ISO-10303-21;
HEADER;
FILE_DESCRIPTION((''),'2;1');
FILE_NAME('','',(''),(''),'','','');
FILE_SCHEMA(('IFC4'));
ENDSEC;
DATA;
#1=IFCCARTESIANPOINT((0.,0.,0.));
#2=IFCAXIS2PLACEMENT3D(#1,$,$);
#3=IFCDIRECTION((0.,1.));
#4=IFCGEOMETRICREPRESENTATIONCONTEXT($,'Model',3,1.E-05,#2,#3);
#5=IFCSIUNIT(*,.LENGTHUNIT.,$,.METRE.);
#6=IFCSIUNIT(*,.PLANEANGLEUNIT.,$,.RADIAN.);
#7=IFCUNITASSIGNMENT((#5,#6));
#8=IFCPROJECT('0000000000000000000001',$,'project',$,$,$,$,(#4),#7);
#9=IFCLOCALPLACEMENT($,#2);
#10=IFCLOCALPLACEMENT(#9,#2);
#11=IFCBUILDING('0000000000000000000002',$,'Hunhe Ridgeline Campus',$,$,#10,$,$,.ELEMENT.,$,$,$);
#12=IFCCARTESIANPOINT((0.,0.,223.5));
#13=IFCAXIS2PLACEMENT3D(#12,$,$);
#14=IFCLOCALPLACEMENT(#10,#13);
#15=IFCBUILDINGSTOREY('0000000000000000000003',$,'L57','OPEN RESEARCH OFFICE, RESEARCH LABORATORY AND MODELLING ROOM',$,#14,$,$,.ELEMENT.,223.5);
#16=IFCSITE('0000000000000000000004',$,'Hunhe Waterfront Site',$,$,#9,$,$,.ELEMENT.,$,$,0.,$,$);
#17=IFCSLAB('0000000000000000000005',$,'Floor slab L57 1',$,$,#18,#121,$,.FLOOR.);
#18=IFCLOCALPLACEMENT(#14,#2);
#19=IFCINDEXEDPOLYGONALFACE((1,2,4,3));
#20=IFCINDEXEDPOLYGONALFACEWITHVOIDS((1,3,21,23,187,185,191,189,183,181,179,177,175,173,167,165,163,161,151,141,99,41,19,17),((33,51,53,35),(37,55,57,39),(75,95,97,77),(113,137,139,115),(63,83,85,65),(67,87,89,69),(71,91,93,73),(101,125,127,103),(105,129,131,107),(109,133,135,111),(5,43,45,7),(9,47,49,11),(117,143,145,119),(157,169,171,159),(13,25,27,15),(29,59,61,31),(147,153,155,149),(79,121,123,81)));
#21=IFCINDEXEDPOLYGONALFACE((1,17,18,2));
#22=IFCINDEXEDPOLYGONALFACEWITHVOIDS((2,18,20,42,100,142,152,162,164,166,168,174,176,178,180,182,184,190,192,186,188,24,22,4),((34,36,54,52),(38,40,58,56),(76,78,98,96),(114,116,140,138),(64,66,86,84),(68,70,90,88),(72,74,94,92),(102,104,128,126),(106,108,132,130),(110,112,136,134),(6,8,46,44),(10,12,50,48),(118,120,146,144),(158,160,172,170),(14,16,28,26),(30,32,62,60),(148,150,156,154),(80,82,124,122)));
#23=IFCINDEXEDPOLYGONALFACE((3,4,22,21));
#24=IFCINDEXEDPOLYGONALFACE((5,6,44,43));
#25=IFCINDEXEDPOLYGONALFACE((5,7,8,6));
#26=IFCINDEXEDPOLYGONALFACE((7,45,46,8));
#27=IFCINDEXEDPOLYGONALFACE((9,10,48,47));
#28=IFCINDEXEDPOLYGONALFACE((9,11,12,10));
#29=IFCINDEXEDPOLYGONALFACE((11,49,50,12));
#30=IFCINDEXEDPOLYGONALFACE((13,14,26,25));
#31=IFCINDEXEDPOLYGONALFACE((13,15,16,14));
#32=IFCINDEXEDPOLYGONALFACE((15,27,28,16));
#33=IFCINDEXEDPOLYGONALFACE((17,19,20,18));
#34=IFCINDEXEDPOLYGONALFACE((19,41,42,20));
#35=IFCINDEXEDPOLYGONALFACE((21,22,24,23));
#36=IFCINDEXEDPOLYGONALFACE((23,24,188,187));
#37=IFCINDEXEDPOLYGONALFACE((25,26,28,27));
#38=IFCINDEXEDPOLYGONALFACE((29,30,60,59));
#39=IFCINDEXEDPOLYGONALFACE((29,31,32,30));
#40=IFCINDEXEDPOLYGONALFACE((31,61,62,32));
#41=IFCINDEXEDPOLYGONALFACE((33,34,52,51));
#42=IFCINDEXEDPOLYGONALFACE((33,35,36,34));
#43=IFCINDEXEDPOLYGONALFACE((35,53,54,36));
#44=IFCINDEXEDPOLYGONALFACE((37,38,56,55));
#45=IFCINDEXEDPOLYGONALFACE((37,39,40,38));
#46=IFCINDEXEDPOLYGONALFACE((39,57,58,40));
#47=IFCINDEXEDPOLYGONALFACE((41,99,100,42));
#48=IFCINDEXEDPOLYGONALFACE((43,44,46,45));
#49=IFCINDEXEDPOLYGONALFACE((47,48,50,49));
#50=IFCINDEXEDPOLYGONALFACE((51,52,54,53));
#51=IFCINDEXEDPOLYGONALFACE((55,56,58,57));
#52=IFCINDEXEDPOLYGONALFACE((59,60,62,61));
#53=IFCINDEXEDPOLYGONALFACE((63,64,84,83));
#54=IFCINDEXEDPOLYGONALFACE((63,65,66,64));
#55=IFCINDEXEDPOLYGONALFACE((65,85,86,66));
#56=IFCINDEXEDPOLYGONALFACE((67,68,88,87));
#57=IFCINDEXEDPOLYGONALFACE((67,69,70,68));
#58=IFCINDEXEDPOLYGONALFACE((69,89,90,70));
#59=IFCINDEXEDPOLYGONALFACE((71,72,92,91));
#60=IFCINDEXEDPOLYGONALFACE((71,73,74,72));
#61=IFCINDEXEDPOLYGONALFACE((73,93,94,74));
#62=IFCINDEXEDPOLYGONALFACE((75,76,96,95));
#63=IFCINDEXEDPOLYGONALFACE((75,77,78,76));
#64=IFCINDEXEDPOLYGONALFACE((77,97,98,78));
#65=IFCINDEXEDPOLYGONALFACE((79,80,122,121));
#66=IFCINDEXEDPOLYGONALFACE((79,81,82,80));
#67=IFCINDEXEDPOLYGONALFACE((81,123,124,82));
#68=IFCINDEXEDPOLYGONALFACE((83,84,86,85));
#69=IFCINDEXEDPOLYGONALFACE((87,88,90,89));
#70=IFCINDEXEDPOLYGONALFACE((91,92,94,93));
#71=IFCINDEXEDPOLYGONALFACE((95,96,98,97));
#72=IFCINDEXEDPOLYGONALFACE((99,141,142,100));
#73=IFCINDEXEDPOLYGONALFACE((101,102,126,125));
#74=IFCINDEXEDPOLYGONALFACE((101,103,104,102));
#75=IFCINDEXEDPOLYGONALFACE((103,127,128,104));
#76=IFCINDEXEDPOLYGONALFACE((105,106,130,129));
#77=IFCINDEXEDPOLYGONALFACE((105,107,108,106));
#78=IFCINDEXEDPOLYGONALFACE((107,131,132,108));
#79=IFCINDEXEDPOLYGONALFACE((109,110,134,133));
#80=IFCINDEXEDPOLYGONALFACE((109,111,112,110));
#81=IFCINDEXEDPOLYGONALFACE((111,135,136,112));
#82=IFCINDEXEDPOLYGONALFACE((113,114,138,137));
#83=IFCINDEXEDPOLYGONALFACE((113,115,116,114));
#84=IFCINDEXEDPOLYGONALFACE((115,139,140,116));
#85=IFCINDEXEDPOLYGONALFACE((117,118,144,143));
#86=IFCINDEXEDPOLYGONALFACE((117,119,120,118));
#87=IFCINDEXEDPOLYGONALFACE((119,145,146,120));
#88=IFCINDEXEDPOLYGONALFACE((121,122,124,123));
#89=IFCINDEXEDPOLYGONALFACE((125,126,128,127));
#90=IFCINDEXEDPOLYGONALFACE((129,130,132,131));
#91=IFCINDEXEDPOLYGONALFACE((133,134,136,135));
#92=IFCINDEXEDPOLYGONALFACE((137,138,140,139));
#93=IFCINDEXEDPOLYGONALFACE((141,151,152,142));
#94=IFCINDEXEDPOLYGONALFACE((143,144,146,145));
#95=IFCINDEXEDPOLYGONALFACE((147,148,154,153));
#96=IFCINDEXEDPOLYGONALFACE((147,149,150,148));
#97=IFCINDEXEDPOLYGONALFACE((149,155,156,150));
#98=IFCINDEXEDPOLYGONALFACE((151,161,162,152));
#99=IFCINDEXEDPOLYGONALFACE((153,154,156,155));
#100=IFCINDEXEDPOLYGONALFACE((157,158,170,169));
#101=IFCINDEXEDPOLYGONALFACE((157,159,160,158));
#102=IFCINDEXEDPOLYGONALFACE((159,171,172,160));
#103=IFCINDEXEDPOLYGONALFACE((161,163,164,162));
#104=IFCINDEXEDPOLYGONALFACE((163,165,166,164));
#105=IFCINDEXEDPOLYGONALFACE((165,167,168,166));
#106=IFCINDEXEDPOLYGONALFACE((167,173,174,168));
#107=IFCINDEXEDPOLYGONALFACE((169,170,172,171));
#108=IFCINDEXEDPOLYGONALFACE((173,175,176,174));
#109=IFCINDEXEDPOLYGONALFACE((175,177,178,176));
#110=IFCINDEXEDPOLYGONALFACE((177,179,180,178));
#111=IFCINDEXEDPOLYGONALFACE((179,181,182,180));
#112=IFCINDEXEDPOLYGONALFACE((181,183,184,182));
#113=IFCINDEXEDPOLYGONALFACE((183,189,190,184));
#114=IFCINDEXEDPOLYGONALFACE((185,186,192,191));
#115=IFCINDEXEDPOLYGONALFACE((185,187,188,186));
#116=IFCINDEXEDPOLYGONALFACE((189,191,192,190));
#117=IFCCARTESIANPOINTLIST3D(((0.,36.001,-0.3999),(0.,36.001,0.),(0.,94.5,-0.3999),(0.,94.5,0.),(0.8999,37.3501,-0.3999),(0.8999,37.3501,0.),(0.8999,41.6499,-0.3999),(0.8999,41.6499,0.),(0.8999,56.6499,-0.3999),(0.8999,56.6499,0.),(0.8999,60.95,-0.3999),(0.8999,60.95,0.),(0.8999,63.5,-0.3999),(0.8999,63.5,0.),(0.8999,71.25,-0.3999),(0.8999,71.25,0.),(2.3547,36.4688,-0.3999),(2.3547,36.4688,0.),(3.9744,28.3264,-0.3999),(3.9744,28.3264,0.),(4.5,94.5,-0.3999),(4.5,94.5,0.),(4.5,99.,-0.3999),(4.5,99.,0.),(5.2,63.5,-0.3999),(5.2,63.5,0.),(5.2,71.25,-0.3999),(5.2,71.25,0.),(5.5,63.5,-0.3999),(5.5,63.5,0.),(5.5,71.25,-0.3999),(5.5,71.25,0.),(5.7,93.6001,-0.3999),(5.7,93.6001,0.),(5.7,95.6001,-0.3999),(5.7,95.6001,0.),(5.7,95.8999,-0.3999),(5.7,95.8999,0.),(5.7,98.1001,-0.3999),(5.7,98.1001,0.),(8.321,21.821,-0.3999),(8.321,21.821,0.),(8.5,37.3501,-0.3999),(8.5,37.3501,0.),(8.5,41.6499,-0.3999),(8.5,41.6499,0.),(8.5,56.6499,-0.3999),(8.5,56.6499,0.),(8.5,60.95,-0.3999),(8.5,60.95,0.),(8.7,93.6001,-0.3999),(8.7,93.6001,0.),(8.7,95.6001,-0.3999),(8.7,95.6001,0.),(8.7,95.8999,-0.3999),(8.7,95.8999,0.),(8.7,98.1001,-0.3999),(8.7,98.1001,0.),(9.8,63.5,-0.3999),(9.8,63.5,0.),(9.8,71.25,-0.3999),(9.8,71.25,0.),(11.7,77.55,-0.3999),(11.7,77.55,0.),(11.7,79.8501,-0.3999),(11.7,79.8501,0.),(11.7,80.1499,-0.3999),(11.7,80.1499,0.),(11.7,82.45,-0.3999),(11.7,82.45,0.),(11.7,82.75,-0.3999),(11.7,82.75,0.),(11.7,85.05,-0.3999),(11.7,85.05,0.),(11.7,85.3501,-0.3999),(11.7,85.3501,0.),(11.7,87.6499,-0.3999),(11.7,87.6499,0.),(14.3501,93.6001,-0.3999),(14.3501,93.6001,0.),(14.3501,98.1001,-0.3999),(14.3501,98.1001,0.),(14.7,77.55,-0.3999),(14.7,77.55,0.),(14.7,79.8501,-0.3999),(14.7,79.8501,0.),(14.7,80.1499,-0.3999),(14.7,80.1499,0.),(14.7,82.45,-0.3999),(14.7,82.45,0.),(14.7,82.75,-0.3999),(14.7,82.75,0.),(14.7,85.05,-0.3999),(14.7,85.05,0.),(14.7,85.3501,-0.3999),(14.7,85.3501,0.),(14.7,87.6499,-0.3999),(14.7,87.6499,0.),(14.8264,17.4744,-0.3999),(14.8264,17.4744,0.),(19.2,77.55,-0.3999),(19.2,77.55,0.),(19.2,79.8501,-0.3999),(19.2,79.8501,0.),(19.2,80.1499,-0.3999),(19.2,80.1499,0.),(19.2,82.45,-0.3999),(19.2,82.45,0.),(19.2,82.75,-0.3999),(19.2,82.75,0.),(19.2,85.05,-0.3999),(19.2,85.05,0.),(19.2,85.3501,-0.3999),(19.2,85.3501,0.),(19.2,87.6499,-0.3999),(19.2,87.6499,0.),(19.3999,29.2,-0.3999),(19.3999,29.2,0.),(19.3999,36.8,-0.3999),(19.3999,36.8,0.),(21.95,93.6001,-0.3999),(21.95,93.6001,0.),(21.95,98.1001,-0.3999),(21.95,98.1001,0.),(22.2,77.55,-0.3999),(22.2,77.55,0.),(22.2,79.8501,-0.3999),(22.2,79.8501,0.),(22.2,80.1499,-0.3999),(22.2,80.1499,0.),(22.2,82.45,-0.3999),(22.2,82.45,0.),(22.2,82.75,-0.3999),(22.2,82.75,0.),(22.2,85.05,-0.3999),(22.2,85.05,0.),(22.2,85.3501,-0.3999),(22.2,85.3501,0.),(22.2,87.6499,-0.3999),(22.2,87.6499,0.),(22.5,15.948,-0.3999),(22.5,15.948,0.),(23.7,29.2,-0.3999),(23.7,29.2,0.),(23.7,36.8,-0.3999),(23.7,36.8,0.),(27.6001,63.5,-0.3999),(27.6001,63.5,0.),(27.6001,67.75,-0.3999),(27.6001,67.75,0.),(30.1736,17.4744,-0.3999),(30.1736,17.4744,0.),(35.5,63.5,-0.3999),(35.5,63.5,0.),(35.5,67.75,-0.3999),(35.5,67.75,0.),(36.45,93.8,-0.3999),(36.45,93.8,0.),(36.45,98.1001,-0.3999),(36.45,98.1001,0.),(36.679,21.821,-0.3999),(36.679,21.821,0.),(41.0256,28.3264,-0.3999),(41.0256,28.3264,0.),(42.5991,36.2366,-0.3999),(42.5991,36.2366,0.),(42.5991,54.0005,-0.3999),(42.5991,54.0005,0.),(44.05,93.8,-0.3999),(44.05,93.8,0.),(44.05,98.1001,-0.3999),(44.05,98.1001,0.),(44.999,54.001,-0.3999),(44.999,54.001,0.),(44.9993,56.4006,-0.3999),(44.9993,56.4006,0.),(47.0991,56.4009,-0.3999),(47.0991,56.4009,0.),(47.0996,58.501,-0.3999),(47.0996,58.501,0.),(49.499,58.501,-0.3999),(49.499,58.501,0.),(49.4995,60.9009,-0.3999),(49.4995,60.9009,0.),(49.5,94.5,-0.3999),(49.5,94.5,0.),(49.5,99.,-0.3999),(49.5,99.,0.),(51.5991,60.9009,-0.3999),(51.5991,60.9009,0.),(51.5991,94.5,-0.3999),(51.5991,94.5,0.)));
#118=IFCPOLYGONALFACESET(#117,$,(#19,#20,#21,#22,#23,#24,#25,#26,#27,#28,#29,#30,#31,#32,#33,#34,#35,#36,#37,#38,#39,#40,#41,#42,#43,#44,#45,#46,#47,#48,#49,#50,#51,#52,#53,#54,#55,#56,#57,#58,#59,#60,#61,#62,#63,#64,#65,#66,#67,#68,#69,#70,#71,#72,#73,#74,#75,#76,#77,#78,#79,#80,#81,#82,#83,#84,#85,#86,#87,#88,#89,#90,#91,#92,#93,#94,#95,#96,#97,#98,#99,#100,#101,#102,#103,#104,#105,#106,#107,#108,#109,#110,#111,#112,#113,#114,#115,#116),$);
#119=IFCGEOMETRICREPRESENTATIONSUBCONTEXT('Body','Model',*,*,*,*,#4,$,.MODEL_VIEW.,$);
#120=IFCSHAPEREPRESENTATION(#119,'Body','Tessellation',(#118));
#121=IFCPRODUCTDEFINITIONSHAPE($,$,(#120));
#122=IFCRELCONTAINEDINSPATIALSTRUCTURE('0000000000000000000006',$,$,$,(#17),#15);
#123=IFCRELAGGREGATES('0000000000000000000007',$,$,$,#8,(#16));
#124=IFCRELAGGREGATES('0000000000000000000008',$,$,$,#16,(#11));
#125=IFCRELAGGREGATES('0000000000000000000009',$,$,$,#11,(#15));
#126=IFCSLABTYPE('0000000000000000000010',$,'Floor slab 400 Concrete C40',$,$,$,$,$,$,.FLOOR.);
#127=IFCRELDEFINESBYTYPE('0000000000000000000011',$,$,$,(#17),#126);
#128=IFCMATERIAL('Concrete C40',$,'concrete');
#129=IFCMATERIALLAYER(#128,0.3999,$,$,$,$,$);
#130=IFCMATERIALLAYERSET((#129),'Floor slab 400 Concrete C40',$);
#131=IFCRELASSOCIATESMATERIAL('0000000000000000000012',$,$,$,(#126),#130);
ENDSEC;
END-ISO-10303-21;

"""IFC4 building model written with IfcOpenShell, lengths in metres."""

from ifc_helpers import new_model, si_unit, direction, frame, origin, place, context, subcontext, project, spatial, polyline, outline, extrude, material, layer, layer_set, type_object, element, save


model = new_model("IFC4")

# Units and contexts
model_context = context("Model", 3, precision=1e-05, world=origin(), true_north=direction((0.0, 1.0)))
body_context = subcontext(model_context, "Body", "Model", "MODEL_VIEW")
ifc_project = project(units=[si_unit("LENGTHUNIT", "METRE"), si_unit("PLANEANGLEUNIT", "RADIAN")], contexts=[model_context])

# Site, building, storey
site_placement = place(None, origin())
site = spatial("IfcSite", under=ifc_project, at=site_placement, Name="Hunhe Waterfront Site", CompositionType="ELEMENT", RefElevation=0.0)
building_placement = place(site_placement, origin())
building = spatial("IfcBuilding", under=site, at=building_placement, Name="Hunhe Ridgeline Campus", CompositionType="ELEMENT")
storey_placement = place(building_placement, frame((0.0, 0.0, 223.5)))
storey = spatial("IfcBuildingStorey", under=building, at=storey_placement, Name="L57", Description="OPEN RESEARCH OFFICE, RESEARCH LABORATORY AND MODELLING ROOM", CompositionType="ELEMENT", Elevation=223.5)

# Slab
ifc_material_1 = material(Name="Concrete C40", Category="concrete")
ifc_layer_1 = layer(ifc_material_1, 0.3999)
ifc_layer_set_1 = layer_set([ifc_layer_1], Name="Floor slab 400 Concrete C40")
slab_type_1 = type_object("IfcSlabType", Name="Floor slab 400 Concrete C40", PredefinedType="FLOOR", material=ifc_layer_set_1)
slab_1_placement = place(storey_placement, frame((0.0, 0.0, -0.3999)))
element("IfcSlab", 1, at=slab_1_placement, inside=storey, type_object=slab_type_1, Name="Floor slab L57 1", PredefinedType="FLOOR", context=body_context, shape_type="SweptSolid", body=[
    extrude(outline(polyline([(30.1736, 17.4744), (36.679, 21.821), (41.0256, 28.3264), (42.5991, 36.2366), (42.5991, 54.0005), (44.999, 54.001), (44.9993, 56.4006), (47.0991, 56.4009), (47.0996, 58.501), (49.499, 58.501), (49.4995, 60.9009), (51.5991, 60.9009), (51.5991, 94.5), (49.5, 94.5), (49.5, 99.0), (4.5, 99.0), (4.5, 94.5), (0.0, 94.5), (0.0, 36.001), (2.3547, 36.4688), (3.9744, 28.3264), (8.321, 21.821), (14.8264, 17.4744), (22.5, 15.948), (30.1736, 17.4744)]), holes=[polyline([(36.45, 93.8), (44.05, 93.8), (44.05, 98.1001), (36.45, 98.1001), (36.45, 93.8)]), polyline([(35.5, 63.5), (35.5, 67.75), (27.6001, 67.75), (27.6001, 63.5), (35.5, 63.5)]), polyline([(19.3999, 29.2), (23.7, 29.2), (23.7, 36.8), (19.3999, 36.8), (19.3999, 29.2)]), polyline([(22.2, 80.1499), (22.2, 82.45), (19.2, 82.45), (19.2, 80.1499), (22.2, 80.1499)]), polyline([(22.2, 79.8501), (19.2, 79.8501), (19.2, 77.55), (22.2, 77.55), (22.2, 79.8501)]), polyline([(19.2, 87.6499), (19.2, 85.3501), (22.2, 85.3501), (22.2, 87.6499), (19.2, 87.6499)]), polyline([(19.2, 82.75), (22.2, 82.75), (22.2, 85.05), (19.2, 85.05), (19.2, 82.75)]), polyline([(14.3501, 93.6001), (21.95, 93.6001), (21.95, 98.1001), (14.3501, 98.1001), (14.3501, 93.6001)]), polyline([(14.7, 79.8501), (11.7, 79.8501), (11.7, 77.55), (14.7, 77.55), (14.7, 79.8501)]), polyline([(14.7, 80.1499), (14.7, 82.45), (11.7, 82.45), (11.7, 80.1499), (14.7, 80.1499)]), polyline([(11.7, 87.6499), (11.7, 85.3501), (14.7, 85.3501), (14.7, 87.6499), (11.7, 87.6499)]), polyline([(11.7, 82.75), (14.7, 82.75), (14.7, 85.05), (11.7, 85.05), (11.7, 82.75)]), polyline([(9.8, 71.25), (5.5, 71.25), (5.5, 63.5), (9.8, 63.5), (9.8, 71.25)]), polyline([(8.7, 95.8999), (8.7, 98.1001), (5.7, 98.1001), (5.7, 95.8999), (8.7, 95.8999)]), polyline([(8.7, 95.6001), (5.7, 95.6001), (5.7, 93.6001), (8.7, 93.6001), (8.7, 95.6001)]), polyline([(0.8999, 37.3501), (8.5, 37.3501), (8.5, 41.6499), (0.8999, 41.6499), (0.8999, 37.3501)]), polyline([(0.8999, 60.95), (0.8999, 56.6499), (8.5, 56.6499), (8.5, 60.95), (0.8999, 60.95)]), polyline([(0.8999, 71.25), (0.8999, 63.5), (5.2, 63.5), (5.2, 71.25), (0.8999, 71.25)])]), origin(), (0.0, 0.0, 1.0), 0.3999),
])

save(model, "model.ifc")
